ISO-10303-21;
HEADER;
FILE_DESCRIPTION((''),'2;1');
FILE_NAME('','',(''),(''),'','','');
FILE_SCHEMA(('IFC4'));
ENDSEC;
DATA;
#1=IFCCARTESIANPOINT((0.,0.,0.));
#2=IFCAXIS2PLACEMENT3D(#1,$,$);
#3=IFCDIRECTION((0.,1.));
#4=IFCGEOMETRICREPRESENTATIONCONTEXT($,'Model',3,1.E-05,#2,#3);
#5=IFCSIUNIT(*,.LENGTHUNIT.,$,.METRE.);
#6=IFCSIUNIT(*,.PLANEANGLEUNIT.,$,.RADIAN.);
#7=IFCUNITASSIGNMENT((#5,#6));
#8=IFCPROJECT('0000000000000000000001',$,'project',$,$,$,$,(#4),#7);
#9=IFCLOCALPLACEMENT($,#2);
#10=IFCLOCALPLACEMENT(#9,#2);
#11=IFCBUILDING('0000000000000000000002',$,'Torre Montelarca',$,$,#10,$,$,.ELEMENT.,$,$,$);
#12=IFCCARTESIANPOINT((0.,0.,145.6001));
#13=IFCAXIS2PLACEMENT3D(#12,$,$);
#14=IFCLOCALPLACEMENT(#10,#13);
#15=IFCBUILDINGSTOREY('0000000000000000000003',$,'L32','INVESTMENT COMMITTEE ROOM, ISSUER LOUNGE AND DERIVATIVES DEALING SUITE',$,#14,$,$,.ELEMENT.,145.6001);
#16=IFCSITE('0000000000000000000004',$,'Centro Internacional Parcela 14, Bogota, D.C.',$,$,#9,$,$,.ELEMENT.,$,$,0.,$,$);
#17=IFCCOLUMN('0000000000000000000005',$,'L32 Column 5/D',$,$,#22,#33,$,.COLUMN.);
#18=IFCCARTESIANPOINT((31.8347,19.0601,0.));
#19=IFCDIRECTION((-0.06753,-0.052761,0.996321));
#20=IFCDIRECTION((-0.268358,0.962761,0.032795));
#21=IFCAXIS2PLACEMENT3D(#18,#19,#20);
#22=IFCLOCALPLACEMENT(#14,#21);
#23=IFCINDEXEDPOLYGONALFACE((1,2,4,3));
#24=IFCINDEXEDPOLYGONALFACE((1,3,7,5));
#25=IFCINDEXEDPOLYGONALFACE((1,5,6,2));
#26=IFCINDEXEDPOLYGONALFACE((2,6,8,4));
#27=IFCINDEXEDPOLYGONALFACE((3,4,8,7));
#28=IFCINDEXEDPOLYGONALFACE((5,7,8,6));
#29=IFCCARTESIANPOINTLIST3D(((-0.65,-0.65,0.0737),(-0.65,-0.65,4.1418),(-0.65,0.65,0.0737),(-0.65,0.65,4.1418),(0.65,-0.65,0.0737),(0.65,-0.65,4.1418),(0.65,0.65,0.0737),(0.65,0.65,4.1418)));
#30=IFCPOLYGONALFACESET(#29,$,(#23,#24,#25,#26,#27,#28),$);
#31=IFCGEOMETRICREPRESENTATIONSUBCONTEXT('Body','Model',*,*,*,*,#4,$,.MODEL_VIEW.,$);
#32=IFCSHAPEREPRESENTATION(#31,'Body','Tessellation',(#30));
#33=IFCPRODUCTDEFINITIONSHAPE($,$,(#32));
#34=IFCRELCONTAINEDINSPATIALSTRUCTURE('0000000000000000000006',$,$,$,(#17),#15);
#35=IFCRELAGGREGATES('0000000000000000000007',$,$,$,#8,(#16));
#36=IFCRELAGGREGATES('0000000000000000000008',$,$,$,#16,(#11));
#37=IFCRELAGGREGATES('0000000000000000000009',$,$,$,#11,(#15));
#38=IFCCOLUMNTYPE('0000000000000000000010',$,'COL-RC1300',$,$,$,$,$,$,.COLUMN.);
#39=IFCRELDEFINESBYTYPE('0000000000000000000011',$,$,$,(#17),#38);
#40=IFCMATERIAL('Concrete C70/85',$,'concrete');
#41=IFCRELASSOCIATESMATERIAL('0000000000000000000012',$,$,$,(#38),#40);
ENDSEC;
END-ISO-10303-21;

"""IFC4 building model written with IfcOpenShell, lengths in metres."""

from ifc_helpers import new_model, si_unit, direction, frame, origin, origin_2d, place, context, subcontext, project, spatial, rectangle, extrude, clip, halfspace, material, material_profile, profile_set, type_object, element, save


model = new_model("IFC4")

# Units and contexts
model_context = context("Model", 3, precision=1e-05, world=origin(), true_north=direction((0.0, 1.0)))
body_context = subcontext(model_context, "Body", "Model", "MODEL_VIEW")
ifc_project = project(units=[si_unit("LENGTHUNIT", "METRE"), si_unit("PLANEANGLEUNIT", "RADIAN")], contexts=[model_context])

# Site, building, storey
site_placement = place(None, origin())
site = spatial("IfcSite", under=ifc_project, at=site_placement, Name="Centro Internacional Parcela 14, Bogota, D.C.", CompositionType="ELEMENT", RefElevation=0.0)
building_placement = place(site_placement, origin())
building = spatial("IfcBuilding", under=site, at=building_placement, Name="Torre Montelarca", CompositionType="ELEMENT")
storey_placement = place(building_placement, frame((0.0, 0.0, 145.6001)))
storey = spatial("IfcBuildingStorey", under=building, at=storey_placement, Name="L32", Description="INVESTMENT COMMITTEE ROOM, ISSUER LOUNGE AND DERIVATIVES DEALING SUITE", CompositionType="ELEMENT", Elevation=145.6001)

# Column
ifc_material_1 = material(Name="Concrete C70/85", Category="concrete")
ifc_material_profile_1 = material_profile(ifc_material_1, rectangle(XDim=1.3, YDim=1.3, at=origin_2d()), Name="RC1300X1300", Category="concrete")
ifc_profile_set_1 = profile_set([ifc_material_profile_1], Name="Concrete C70/85")
column_type_1 = type_object("IfcColumnType", Name="COL-RC1300", PredefinedType="COLUMN", material=ifc_profile_set_1)
column_1_placement = place(storey_placement, frame((31.8347, 19.0601, 0.0), z_axis=(-0.06753, -0.052761, 0.996321), x_axis=(-0.268358, 0.962761, 0.032795)))
element("IfcColumn", 1, at=column_1_placement, inside=storey, type_object=column_type_1, Name="L32 Column 5/D", PredefinedType="COLUMN", context=body_context, shape_type="Clipping", body=[
    clip(clip(extrude(rectangle(XDim=1.3, YDim=1.3, at=origin_2d()), origin(), (0.0, 0.0, 1.0), 4.2156), halfspace(frame((0.0, 0.0, 0.0737), z_axis=(0.0, 0.0, -1.0), x_axis=(1.0, 0.0, 0.0)), False)), halfspace(frame((0.0, 0.0, 4.1418), z_axis=(0.0, 0.0, 1.0), x_axis=(1.0, 0.0, 0.0)), False)),
])

save(model, "model.ifc")
